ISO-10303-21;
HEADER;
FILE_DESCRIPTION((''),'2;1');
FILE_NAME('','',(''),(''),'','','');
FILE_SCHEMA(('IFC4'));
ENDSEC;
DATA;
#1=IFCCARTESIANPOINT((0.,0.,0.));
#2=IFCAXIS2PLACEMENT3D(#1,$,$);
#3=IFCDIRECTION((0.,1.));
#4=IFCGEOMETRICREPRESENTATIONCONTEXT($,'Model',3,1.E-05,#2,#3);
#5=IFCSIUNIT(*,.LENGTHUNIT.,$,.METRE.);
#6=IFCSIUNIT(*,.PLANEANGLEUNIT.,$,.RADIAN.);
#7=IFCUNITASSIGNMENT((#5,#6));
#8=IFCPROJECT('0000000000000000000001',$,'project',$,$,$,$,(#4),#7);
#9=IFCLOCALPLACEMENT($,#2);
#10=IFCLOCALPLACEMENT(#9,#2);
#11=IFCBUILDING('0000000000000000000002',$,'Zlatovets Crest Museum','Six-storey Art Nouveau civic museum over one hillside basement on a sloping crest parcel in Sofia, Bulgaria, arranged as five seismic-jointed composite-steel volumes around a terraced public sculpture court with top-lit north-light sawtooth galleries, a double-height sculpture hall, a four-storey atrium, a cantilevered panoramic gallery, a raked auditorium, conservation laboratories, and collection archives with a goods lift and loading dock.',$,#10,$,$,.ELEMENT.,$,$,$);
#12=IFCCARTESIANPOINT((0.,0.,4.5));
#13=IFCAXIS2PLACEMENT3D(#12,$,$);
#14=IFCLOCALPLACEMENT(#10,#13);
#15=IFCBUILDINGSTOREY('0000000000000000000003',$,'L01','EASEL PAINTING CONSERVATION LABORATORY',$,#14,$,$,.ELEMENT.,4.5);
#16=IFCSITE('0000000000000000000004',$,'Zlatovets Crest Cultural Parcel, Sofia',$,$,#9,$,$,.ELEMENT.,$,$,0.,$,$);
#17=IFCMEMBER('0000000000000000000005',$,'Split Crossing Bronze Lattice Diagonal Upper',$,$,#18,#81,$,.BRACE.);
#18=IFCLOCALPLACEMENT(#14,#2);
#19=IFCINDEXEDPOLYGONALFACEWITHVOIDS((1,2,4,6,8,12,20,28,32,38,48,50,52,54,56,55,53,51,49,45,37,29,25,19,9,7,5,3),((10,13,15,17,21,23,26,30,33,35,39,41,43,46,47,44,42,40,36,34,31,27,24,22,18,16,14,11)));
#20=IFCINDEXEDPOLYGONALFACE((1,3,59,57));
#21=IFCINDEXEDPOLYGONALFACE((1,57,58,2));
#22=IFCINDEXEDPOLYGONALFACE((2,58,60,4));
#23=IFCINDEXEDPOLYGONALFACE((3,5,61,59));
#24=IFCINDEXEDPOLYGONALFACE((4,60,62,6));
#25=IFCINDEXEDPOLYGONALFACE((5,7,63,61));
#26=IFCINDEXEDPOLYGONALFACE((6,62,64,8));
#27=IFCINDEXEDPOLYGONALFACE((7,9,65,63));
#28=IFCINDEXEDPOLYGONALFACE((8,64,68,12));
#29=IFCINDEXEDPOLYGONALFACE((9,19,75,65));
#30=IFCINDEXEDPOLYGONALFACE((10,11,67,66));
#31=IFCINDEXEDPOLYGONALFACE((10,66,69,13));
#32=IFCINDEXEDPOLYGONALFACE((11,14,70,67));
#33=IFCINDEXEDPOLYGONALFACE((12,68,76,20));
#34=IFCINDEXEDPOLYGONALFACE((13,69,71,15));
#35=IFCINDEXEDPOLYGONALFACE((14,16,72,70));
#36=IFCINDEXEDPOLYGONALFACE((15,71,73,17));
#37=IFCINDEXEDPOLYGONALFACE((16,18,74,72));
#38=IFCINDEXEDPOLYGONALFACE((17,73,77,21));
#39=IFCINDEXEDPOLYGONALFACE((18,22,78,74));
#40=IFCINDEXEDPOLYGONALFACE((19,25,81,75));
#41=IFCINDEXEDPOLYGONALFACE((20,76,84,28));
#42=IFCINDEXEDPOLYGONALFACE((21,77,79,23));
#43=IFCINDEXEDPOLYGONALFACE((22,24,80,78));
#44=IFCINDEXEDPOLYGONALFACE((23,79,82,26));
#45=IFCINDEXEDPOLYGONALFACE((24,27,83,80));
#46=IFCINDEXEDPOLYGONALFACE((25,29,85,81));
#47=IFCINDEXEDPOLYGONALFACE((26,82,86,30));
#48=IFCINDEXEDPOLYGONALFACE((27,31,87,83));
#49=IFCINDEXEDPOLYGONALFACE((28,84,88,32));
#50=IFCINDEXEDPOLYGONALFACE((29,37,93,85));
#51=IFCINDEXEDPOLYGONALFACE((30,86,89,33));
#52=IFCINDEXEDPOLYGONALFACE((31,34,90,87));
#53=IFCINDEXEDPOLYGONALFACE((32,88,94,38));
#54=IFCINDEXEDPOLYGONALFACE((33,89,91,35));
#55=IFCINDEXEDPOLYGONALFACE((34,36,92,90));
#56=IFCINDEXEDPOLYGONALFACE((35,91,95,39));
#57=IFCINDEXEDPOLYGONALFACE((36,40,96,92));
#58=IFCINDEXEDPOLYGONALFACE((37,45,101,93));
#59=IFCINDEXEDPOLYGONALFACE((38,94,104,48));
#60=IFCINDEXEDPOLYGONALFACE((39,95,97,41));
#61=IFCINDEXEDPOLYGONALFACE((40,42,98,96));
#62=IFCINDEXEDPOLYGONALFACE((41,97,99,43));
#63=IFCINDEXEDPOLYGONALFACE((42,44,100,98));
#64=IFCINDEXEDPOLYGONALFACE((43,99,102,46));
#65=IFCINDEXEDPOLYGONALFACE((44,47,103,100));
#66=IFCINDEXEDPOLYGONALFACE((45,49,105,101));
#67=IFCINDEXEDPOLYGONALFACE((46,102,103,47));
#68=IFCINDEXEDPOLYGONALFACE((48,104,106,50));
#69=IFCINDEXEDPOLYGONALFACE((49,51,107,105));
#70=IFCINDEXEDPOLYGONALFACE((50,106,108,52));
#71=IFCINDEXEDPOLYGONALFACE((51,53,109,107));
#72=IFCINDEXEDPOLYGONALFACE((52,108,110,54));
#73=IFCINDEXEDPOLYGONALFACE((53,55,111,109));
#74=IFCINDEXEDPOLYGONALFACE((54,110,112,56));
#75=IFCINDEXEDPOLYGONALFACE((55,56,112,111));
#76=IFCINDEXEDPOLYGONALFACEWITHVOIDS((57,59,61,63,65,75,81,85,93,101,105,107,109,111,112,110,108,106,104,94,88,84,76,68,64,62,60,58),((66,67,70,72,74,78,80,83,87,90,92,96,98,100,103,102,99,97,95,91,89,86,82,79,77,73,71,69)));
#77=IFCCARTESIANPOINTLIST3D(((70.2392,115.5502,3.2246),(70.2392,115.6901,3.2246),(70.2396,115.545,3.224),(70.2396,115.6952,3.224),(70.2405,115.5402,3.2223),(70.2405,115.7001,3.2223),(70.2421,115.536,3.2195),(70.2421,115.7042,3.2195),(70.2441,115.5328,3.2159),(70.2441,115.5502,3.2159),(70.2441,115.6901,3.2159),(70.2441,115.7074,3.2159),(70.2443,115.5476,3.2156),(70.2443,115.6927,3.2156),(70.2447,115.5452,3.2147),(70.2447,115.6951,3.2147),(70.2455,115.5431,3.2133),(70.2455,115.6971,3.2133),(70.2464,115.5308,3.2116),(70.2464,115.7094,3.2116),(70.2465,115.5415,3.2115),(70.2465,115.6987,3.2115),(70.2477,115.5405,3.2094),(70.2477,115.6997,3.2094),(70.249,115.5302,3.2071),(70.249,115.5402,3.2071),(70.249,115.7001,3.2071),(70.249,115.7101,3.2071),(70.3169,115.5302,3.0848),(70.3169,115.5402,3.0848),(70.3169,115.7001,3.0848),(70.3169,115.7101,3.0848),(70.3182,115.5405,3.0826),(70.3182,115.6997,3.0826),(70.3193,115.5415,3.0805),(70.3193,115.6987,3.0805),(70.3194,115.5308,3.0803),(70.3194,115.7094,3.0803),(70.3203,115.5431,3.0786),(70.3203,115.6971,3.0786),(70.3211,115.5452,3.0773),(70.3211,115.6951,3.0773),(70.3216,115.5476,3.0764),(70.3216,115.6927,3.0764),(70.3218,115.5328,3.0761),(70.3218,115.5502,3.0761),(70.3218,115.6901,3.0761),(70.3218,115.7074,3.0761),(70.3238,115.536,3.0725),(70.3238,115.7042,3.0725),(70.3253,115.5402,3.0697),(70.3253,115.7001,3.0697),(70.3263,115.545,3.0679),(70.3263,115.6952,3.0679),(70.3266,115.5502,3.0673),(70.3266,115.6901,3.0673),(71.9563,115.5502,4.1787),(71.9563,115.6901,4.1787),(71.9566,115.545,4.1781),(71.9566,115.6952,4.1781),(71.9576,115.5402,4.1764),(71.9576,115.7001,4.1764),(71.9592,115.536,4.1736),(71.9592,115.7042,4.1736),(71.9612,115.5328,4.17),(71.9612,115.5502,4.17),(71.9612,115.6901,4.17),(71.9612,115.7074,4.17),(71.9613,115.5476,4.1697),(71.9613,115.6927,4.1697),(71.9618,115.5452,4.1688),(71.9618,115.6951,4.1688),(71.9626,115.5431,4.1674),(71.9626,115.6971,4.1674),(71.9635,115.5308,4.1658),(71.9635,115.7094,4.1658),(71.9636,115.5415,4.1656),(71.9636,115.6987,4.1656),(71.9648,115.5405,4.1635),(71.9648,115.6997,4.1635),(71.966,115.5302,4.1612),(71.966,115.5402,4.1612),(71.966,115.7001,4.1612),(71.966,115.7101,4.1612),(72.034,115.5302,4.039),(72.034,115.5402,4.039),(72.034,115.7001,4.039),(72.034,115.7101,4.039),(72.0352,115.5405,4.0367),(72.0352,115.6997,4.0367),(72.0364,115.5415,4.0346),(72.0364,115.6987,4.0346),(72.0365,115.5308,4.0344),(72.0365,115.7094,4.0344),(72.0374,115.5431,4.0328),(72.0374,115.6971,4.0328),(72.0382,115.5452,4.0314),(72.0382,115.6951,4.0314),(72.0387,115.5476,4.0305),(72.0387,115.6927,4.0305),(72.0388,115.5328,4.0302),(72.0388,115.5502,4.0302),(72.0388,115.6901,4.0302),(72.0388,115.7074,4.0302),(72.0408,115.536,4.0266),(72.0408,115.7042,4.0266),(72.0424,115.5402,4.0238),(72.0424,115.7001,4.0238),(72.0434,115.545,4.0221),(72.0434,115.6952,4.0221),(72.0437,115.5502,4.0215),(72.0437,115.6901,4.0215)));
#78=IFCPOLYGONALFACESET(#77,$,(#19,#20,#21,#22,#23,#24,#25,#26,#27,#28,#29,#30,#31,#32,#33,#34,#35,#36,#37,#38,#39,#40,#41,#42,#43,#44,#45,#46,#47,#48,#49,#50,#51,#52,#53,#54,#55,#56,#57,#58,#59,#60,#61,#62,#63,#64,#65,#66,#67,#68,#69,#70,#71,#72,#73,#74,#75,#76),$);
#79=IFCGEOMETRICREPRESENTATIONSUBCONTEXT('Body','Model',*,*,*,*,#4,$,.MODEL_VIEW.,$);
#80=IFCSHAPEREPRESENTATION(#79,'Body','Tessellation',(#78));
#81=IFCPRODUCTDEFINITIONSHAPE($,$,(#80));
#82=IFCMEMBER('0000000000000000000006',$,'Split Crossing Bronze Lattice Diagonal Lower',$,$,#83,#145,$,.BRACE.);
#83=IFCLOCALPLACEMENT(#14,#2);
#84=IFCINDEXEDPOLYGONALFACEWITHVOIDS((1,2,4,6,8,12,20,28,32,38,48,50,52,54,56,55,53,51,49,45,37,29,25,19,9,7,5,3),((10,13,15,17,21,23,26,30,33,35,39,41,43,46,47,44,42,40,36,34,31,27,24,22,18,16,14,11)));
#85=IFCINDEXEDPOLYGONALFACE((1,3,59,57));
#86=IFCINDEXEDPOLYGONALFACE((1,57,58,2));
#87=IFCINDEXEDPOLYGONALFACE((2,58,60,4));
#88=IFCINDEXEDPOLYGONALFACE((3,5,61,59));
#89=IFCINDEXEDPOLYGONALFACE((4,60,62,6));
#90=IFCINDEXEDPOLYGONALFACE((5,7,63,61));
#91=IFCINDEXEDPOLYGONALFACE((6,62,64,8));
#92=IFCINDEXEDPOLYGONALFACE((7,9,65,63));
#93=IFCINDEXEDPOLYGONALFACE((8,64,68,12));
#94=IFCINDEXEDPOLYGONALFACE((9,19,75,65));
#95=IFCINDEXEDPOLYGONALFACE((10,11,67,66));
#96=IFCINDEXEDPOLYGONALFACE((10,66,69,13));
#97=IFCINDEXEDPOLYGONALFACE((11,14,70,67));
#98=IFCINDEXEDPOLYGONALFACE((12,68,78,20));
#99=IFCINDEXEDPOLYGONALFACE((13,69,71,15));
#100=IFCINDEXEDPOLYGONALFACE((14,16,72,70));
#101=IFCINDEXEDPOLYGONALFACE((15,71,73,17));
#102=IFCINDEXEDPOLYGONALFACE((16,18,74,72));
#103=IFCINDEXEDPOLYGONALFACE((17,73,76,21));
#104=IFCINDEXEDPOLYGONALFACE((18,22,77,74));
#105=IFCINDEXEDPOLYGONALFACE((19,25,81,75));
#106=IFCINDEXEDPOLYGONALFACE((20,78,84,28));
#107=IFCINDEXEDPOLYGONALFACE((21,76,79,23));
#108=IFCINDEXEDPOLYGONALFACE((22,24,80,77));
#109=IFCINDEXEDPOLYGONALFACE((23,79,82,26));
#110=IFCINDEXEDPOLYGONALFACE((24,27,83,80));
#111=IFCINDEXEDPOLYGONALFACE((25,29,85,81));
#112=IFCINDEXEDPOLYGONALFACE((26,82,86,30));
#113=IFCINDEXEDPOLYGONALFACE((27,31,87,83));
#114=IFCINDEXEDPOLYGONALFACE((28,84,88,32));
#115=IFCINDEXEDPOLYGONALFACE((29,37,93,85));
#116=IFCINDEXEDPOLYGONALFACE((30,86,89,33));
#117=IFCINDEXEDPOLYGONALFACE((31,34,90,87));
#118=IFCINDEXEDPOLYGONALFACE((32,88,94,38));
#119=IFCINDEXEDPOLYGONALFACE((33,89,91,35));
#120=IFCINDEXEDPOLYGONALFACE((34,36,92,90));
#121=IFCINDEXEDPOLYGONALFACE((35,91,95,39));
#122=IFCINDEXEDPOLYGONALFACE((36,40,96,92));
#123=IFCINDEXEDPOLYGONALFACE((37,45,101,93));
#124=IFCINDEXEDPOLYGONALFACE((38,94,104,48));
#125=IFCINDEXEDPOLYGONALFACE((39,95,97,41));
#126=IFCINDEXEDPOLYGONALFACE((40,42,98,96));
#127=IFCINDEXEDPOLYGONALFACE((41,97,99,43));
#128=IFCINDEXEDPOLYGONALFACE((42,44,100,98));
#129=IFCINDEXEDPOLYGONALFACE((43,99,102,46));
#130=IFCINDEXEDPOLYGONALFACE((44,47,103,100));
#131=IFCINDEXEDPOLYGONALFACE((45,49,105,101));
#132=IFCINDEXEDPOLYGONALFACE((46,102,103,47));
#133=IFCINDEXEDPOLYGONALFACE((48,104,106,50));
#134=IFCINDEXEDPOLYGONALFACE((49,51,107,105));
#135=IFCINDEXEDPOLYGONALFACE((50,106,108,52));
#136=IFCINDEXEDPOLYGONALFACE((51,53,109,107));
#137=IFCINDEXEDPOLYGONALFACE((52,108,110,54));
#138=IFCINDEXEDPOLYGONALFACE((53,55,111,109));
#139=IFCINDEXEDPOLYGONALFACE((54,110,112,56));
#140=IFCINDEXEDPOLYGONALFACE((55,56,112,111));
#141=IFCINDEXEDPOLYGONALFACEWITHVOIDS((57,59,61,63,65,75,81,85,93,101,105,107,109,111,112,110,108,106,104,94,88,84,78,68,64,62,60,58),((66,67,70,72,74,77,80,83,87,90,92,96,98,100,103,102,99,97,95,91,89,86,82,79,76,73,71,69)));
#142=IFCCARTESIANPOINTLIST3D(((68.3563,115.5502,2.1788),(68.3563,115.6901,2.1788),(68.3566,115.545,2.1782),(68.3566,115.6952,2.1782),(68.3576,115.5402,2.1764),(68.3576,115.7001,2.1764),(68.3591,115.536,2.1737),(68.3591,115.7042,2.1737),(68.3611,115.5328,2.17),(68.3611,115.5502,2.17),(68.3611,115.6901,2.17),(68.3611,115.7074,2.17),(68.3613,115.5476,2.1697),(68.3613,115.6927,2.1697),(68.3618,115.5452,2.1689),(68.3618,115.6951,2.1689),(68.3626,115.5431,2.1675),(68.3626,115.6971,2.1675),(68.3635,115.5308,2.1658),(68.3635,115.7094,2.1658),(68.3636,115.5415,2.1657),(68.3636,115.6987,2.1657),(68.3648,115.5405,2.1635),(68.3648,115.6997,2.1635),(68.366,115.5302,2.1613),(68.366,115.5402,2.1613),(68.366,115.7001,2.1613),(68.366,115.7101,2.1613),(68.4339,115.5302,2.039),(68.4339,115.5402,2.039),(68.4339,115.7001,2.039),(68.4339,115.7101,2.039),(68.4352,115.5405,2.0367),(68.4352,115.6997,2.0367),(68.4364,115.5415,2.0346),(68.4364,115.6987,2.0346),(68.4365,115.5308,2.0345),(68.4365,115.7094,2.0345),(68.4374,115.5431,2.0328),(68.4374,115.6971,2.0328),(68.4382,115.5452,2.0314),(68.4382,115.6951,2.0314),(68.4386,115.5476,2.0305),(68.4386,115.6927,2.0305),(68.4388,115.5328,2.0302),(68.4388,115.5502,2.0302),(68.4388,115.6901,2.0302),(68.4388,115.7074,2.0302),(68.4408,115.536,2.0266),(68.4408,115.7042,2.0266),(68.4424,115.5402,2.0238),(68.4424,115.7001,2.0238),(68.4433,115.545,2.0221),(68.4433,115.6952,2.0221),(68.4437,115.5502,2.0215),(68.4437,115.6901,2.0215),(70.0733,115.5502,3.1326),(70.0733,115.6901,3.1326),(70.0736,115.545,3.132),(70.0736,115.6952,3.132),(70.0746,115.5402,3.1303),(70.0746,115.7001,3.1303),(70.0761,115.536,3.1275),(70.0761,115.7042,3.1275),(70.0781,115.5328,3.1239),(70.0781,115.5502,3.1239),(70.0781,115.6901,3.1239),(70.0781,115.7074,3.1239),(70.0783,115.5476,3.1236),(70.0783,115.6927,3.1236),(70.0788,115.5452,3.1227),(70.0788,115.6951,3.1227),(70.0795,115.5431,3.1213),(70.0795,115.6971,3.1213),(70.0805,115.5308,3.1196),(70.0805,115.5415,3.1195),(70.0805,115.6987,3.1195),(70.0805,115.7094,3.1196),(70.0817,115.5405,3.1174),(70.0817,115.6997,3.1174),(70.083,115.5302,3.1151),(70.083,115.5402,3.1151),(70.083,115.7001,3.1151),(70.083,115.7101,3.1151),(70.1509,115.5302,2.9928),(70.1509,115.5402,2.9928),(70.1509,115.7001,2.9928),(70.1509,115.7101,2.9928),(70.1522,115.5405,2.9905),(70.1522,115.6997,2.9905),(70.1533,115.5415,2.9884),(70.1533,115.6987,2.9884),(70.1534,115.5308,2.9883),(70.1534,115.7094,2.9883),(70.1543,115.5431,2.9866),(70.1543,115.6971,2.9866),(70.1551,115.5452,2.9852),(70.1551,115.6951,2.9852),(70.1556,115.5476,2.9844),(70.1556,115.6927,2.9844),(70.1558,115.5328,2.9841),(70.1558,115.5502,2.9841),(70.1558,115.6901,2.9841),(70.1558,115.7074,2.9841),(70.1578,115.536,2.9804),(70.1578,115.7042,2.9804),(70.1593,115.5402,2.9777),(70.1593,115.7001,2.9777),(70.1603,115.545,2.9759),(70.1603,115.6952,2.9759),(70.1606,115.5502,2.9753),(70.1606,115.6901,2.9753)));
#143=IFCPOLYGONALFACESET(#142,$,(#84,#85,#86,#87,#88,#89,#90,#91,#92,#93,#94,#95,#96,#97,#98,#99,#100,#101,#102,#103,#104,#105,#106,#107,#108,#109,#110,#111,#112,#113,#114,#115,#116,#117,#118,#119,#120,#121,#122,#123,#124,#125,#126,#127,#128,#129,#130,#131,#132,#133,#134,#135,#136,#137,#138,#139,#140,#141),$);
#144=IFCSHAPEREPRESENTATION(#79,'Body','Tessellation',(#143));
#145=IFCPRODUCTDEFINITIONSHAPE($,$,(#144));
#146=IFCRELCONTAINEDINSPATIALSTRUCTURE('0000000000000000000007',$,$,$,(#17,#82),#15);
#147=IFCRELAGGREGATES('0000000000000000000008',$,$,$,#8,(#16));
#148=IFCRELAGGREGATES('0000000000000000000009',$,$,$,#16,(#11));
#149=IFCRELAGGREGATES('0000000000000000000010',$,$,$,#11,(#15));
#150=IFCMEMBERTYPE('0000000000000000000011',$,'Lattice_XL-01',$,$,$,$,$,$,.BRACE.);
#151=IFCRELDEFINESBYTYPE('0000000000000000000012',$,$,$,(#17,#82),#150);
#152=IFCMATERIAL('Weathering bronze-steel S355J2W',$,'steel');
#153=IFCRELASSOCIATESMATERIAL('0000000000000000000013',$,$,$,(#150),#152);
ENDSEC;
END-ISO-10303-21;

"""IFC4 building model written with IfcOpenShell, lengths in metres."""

from ifc_helpers import new_model, si_unit, direction, frame, origin, origin_2d, place, context, subcontext, project, spatial, hollow_rectangle, extrude, material, material_profile, profile_set, type_object, element, save


model = new_model("IFC4")

# Units and contexts
model_context = context("Model", 3, precision=1e-05, world=origin(), true_north=direction((0.0, 1.0)))
body_context = subcontext(model_context, "Body", "Model", "MODEL_VIEW")
ifc_project = project(units=[si_unit("LENGTHUNIT", "METRE"), si_unit("PLANEANGLEUNIT", "RADIAN")], contexts=[model_context])

# Site, building, storey
site_placement = place(None, origin())
site = spatial("IfcSite", under=ifc_project, at=site_placement, Name="Zlatovets Crest Cultural Parcel, Sofia", CompositionType="ELEMENT", RefElevation=0.0)
building_placement = place(site_placement, origin())
building = spatial("IfcBuilding", under=site, at=building_placement, Name="Zlatovets Crest Museum", Description="Six-storey Art Nouveau civic museum over one hillside basement on a sloping crest parcel in Sofia, Bulgaria, arranged as five seismic-jointed composite-steel volumes around a terraced public sculpture court with top-lit north-light sawtooth galleries, a double-height sculpture hall, a four-storey atrium, a cantilevered panoramic gallery, a raked auditorium, conservation laboratories, and collection archives with a goods lift and loading dock.", CompositionType="ELEMENT")
storey_placement = place(building_placement, frame((0.0, 0.0, 4.5)))
storey = spatial("IfcBuildingStorey", under=building, at=storey_placement, Name="L01", Description="EASEL PAINTING CONSERVATION LABORATORY", CompositionType="ELEMENT", Elevation=4.5)

# Members
ifc_material_1 = material(Name="Weathering bronze-steel S355J2W", Category="steel")
ifc_material_profile_1 = material_profile(ifc_material_1, hollow_rectangle(XDim=0.1799, YDim=0.1799, WallThickness=0.01, InnerFilletRadius=0.01, OuterFilletRadius=0.02, at=origin_2d()), Name="SHS 180x180x10.0")
ifc_profile_set_1 = profile_set([ifc_material_profile_1], Name="Weathering bronze-steel S355J2W")
member_type_1 = type_object("IfcMemberType", Name="Lattice_XL-01", PredefinedType="BRACE", material=ifc_profile_set_1)
member_1_placement = place(storey_placement, frame((72.0, 115.6201, 4.1001), z_axis=(-0.874116, 0.0, -0.485717), x_axis=(0.0, -1.0, 0.0)))
element("IfcMember", 1, at=member_1_placement, inside=storey, type_object=member_type_1, Name="Split Crossing Bronze Lattice Diagonal Upper", PredefinedType="BRACE", context=body_context, shape_type="SweptSolid", body=[
    extrude(hollow_rectangle(XDim=0.1799, YDim=0.1799, WallThickness=0.01, InnerFilletRadius=0.01, OuterFilletRadius=0.02, at=origin_2d()), origin(), (0.0, 0.0, 1.0), 1.9644),
])
member_2_placement = place(storey_placement, frame((70.1169, 115.6201, 3.054), z_axis=(-0.874169, 0.0, -0.485622), x_axis=(0.0, -1.0, 0.0)))
element("IfcMember", 2, at=member_2_placement, inside=storey, type_object=member_type_1, Name="Split Crossing Bronze Lattice Diagonal Lower", PredefinedType="BRACE", context=body_context, shape_type="SweptSolid", body=[
    extrude(hollow_rectangle(XDim=0.1799, YDim=0.1799, WallThickness=0.01, InnerFilletRadius=0.01, OuterFilletRadius=0.02, at=origin_2d()), origin(), (0.0, 0.0, 1.0), 1.9641),
])

save(model, "model.ifc")
